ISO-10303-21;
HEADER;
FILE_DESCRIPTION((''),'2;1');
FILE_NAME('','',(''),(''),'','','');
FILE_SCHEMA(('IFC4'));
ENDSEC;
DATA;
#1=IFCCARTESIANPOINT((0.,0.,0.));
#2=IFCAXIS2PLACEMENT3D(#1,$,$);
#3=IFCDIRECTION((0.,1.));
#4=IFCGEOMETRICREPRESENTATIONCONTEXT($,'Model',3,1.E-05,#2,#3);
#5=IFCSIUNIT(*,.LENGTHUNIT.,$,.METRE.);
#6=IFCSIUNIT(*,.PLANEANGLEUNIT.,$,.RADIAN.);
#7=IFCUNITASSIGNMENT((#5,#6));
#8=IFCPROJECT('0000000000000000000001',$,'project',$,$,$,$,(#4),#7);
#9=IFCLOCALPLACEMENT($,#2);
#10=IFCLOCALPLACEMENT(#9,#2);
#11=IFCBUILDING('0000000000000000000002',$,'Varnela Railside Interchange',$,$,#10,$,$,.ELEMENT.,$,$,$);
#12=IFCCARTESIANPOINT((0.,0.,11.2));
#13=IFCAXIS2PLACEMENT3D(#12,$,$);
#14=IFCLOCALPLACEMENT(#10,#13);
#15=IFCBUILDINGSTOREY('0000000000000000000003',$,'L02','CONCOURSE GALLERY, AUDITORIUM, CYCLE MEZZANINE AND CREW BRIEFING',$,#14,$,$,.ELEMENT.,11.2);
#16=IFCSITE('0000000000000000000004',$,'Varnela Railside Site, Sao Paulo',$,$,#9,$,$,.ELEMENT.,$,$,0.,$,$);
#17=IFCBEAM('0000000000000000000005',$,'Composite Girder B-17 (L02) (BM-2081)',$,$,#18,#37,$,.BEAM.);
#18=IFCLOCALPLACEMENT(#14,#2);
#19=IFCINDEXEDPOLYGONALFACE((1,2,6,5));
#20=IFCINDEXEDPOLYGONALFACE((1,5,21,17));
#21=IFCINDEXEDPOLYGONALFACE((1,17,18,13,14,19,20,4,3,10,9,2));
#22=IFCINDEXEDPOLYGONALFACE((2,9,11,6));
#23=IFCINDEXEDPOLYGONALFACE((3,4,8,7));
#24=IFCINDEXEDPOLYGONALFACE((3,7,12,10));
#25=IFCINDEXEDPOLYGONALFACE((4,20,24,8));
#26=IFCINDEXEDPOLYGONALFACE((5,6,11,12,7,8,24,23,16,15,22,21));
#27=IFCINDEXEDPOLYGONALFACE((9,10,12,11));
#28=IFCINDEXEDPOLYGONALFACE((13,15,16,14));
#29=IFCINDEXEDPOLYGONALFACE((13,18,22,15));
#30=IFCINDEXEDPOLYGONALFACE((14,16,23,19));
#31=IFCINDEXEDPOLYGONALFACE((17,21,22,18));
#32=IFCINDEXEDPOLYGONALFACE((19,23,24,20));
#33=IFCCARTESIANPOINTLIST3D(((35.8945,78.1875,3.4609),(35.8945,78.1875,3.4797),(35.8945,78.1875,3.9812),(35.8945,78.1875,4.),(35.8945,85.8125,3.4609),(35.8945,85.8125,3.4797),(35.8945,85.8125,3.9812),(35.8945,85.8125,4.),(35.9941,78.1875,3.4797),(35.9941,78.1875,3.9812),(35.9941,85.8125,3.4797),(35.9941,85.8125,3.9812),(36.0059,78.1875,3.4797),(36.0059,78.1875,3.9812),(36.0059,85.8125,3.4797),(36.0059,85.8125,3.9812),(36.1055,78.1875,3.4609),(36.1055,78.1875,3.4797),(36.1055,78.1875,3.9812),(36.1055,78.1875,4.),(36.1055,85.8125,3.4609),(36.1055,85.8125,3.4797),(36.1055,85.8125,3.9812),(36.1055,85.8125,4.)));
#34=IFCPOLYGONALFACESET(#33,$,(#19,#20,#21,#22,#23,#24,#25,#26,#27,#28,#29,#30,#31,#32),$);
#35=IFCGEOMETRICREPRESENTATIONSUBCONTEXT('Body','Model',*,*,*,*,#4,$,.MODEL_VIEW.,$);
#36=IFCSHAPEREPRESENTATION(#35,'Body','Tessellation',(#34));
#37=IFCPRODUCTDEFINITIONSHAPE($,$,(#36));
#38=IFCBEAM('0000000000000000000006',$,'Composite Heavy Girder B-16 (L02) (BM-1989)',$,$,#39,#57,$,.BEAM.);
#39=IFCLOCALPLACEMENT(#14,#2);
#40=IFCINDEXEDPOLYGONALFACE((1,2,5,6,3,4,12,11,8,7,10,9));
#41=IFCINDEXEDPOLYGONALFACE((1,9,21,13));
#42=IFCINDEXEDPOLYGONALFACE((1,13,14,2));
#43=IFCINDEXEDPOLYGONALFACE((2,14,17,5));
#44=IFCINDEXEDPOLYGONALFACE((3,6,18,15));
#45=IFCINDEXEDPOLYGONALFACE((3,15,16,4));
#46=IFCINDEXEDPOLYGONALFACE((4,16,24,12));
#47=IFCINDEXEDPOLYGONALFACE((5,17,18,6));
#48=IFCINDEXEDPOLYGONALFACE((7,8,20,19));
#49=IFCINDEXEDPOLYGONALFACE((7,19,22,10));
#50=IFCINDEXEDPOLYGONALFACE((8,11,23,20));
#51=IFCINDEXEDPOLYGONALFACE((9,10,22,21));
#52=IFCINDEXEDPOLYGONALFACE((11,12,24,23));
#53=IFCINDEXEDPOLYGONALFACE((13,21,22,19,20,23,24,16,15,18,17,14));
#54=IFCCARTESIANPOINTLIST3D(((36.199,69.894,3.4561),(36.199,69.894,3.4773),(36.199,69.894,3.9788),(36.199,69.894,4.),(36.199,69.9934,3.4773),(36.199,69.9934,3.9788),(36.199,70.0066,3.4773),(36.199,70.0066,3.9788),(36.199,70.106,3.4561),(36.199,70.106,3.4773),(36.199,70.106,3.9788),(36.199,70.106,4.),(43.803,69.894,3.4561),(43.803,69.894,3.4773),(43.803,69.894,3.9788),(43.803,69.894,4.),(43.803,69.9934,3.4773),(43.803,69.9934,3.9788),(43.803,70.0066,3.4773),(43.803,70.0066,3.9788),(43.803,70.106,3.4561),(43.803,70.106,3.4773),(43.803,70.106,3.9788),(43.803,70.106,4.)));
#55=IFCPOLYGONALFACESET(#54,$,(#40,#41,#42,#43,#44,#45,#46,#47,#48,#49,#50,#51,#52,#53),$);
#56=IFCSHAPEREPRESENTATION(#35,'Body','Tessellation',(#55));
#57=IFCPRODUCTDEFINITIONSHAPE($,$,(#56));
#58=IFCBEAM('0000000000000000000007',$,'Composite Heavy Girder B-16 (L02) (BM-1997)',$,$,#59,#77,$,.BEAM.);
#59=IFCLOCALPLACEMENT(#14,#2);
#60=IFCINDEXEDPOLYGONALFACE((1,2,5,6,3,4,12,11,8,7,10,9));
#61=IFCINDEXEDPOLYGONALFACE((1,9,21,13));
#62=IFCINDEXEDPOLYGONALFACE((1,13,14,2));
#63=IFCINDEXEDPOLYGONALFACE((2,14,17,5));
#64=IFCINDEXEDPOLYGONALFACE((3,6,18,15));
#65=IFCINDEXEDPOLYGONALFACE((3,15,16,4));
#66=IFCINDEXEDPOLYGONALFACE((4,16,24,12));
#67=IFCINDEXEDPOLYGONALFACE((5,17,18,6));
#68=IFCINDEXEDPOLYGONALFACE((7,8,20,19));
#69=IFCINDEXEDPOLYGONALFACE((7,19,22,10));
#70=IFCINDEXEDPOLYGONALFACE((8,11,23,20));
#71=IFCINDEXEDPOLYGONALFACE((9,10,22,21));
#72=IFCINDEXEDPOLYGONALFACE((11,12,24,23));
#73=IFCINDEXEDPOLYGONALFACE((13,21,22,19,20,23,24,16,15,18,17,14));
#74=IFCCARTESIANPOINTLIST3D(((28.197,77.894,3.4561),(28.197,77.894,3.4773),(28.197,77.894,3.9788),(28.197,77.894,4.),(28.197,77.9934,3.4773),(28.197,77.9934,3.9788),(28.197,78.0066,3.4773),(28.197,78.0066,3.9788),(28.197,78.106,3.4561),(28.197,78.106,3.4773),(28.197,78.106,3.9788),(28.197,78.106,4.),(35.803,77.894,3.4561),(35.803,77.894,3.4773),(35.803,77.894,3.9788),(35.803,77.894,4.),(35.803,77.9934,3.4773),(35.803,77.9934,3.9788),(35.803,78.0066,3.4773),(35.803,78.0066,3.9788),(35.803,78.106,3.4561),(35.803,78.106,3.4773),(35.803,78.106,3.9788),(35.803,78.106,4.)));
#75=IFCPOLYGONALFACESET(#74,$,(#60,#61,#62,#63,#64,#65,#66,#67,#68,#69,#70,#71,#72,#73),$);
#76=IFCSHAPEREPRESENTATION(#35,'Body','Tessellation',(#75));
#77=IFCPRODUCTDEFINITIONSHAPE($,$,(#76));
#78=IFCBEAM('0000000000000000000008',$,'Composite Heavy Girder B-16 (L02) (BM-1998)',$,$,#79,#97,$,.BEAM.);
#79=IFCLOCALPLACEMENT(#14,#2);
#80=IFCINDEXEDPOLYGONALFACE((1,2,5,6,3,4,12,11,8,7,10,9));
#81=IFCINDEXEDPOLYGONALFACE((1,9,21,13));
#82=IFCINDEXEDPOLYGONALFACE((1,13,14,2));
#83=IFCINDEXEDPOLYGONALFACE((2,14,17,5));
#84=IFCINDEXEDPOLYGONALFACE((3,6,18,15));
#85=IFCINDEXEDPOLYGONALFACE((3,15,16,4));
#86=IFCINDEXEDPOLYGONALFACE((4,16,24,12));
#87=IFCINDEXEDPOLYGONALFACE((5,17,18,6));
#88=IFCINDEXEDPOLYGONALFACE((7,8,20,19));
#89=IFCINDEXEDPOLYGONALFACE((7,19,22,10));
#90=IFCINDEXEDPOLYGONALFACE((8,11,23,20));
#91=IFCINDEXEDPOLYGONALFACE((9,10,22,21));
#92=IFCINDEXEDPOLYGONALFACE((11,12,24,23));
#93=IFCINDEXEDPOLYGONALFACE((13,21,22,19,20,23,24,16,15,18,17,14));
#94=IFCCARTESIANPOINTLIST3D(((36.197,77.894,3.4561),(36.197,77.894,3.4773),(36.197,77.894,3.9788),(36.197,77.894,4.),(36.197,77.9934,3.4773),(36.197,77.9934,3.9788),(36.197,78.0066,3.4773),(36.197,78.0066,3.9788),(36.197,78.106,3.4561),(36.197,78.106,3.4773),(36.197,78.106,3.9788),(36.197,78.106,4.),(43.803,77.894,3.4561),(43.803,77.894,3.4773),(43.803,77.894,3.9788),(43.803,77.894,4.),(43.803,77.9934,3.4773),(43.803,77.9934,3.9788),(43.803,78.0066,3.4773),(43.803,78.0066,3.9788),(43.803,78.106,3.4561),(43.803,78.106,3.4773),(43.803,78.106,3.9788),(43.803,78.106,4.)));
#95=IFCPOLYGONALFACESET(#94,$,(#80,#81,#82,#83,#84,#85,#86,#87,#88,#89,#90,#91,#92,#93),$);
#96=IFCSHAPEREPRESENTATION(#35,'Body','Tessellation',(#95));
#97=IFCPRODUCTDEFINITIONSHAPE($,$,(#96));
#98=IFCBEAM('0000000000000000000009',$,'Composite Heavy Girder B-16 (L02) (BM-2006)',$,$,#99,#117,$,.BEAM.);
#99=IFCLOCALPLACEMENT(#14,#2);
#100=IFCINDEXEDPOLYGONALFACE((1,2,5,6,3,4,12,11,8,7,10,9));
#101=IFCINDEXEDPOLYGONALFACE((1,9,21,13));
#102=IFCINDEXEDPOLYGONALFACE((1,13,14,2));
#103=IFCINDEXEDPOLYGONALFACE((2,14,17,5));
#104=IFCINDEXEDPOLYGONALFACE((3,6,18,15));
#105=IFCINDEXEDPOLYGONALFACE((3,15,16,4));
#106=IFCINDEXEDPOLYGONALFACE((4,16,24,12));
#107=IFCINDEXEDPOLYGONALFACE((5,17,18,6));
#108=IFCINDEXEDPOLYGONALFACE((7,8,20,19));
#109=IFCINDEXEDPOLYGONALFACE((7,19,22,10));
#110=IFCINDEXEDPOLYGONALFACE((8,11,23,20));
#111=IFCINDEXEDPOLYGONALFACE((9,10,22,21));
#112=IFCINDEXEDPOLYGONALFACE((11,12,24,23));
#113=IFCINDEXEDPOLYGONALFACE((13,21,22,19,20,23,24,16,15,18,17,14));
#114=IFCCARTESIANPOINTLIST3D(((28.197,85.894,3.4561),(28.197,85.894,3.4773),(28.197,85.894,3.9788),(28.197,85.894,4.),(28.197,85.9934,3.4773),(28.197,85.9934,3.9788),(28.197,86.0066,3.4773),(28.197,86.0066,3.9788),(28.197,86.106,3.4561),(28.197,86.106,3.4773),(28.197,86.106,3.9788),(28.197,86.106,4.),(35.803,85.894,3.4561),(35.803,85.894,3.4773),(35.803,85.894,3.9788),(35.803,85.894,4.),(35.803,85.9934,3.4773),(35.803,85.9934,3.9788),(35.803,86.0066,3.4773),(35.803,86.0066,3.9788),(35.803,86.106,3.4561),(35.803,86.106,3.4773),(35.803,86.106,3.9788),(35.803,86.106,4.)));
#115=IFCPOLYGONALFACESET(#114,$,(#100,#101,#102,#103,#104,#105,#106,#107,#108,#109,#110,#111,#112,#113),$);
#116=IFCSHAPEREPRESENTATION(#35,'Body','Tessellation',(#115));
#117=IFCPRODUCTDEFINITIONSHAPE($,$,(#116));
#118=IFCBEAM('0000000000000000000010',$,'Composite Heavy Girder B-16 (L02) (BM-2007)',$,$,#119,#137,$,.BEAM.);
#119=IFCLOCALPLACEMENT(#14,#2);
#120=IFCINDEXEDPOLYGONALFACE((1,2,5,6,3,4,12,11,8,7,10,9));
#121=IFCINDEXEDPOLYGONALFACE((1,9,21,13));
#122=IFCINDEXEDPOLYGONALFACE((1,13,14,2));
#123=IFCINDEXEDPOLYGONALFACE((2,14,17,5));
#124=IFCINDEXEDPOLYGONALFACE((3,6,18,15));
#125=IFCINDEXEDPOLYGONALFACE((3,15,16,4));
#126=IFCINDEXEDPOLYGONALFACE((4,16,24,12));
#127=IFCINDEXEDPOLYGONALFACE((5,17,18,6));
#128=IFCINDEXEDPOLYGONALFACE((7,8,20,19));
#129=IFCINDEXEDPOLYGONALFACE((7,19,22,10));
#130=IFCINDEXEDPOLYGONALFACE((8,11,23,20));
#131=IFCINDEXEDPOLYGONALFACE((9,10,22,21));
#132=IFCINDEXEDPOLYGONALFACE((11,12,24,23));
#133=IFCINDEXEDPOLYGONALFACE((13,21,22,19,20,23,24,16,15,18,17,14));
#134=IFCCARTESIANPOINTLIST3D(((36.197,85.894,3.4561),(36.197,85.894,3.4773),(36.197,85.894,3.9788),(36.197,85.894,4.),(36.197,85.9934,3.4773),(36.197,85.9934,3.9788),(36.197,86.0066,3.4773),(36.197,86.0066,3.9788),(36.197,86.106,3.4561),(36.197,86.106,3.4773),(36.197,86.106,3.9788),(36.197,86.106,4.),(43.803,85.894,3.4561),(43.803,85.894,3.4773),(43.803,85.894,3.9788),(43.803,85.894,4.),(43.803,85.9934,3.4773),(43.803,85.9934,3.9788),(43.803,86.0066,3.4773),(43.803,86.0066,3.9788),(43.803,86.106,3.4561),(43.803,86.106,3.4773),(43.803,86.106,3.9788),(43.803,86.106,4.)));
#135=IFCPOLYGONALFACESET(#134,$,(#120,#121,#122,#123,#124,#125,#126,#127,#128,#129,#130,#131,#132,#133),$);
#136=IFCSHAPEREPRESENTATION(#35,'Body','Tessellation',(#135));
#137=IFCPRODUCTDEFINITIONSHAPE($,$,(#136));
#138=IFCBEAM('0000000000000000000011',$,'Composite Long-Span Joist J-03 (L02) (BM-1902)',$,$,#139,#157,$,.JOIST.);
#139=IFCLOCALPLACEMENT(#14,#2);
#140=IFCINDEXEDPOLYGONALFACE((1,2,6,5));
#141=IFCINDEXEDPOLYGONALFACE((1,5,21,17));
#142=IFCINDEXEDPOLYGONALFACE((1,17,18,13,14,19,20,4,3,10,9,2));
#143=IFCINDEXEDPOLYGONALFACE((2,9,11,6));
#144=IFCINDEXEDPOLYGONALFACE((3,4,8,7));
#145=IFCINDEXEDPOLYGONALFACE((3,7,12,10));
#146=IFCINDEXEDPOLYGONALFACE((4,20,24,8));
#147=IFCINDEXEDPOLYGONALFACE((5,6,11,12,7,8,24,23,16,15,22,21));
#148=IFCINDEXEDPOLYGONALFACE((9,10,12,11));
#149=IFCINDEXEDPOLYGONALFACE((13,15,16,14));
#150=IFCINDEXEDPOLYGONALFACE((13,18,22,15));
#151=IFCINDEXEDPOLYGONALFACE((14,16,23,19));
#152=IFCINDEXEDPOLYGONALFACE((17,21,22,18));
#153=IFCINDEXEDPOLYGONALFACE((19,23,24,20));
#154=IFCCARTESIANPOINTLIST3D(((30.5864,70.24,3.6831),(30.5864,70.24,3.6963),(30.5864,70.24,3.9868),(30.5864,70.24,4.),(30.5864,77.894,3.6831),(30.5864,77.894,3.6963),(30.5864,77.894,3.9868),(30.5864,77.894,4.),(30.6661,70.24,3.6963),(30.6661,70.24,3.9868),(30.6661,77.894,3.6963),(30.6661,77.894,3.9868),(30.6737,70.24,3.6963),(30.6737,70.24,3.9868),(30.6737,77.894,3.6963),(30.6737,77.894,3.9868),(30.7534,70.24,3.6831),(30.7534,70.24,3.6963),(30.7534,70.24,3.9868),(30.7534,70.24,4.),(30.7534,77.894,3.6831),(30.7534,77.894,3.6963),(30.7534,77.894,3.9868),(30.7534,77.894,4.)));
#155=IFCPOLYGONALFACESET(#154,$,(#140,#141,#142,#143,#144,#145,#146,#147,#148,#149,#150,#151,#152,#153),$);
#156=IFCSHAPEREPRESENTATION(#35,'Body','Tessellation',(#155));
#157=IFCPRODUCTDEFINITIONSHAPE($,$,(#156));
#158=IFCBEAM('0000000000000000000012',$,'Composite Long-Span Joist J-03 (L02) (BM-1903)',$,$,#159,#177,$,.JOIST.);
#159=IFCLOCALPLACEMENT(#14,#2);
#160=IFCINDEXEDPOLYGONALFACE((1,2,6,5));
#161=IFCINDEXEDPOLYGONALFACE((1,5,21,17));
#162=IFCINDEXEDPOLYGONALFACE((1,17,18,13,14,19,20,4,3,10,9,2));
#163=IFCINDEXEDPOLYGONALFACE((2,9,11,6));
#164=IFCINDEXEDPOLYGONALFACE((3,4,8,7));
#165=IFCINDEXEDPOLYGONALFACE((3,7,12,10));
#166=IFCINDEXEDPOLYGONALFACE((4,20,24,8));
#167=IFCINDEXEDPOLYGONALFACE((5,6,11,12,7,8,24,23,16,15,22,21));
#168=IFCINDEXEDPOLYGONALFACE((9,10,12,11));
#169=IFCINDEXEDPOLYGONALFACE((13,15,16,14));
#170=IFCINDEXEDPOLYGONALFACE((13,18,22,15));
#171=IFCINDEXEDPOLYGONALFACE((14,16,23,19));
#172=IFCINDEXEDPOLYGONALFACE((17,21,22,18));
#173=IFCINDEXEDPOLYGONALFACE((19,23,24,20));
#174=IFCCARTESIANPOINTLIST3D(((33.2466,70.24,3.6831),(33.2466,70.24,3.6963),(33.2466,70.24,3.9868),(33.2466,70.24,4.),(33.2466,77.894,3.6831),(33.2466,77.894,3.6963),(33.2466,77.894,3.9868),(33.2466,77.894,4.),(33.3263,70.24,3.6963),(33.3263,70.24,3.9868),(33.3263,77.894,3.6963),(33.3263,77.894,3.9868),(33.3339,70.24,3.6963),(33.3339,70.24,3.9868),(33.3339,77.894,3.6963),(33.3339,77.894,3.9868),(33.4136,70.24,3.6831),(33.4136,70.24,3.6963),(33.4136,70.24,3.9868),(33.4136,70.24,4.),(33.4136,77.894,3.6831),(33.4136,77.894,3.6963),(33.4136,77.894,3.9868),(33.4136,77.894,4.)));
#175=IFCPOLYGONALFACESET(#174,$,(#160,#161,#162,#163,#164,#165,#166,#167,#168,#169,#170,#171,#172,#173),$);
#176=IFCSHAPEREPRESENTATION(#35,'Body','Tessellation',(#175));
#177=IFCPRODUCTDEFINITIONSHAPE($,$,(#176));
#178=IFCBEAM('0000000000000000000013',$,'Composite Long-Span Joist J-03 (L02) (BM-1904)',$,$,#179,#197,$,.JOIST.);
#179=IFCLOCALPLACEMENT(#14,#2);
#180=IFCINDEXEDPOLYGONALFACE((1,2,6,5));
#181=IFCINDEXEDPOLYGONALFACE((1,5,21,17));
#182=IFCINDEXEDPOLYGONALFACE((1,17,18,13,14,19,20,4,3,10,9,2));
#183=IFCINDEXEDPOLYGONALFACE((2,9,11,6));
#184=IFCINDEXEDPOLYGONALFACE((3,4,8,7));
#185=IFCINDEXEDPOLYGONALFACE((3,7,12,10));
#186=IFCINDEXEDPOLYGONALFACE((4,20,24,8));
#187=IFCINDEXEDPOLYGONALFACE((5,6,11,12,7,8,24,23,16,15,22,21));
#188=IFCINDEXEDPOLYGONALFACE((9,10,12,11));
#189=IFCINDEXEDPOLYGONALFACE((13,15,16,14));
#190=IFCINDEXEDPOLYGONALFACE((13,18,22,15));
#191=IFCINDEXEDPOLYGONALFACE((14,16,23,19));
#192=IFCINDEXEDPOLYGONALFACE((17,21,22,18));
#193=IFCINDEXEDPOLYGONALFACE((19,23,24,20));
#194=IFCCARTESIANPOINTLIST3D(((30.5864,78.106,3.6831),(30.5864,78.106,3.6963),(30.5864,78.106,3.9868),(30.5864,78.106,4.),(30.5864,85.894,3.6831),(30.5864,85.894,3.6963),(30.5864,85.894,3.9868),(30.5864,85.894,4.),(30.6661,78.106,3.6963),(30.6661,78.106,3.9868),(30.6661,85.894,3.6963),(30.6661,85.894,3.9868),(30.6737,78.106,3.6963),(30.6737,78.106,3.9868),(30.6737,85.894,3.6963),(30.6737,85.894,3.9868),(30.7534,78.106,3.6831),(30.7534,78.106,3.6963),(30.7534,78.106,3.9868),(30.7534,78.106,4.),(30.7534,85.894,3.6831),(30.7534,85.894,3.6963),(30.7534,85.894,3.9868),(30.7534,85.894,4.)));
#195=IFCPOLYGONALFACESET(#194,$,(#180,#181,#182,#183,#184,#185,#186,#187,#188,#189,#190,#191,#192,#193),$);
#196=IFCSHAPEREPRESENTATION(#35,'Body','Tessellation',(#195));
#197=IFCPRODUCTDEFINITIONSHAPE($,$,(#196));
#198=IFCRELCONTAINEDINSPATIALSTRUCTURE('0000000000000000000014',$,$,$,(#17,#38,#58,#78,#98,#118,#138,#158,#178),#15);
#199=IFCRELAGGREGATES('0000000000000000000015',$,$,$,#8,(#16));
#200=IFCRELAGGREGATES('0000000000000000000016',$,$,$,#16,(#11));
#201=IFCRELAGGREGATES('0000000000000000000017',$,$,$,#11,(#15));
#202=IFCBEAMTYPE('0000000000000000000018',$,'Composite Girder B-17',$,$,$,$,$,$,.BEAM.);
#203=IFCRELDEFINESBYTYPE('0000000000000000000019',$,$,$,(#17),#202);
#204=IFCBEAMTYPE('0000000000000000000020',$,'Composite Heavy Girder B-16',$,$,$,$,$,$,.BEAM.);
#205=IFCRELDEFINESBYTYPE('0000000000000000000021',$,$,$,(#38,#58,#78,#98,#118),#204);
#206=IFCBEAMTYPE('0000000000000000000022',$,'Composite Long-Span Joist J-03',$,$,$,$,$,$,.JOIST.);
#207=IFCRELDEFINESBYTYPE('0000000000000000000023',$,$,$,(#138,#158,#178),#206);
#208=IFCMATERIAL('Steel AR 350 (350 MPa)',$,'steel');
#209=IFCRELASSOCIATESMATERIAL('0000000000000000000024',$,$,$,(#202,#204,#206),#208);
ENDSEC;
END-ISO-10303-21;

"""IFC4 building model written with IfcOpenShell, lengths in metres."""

from ifc_helpers import new_model, si_unit, direction, frame, origin, origin_2d, place, context, subcontext, project, spatial, i_section, extrude, material, material_profile, profile_set, type_object, element, save


model = new_model("IFC4")

# Units and contexts
model_context = context("Model", 3, precision=1e-05, world=origin(), true_north=direction((0.0, 1.0)))
body_context = subcontext(model_context, "Body", "Model", "MODEL_VIEW")
ifc_project = project(units=[si_unit("LENGTHUNIT", "METRE"), si_unit("PLANEANGLEUNIT", "RADIAN")], contexts=[model_context])

# Site, building, storey
site_placement = place(None, origin())
site = spatial("IfcSite", under=ifc_project, at=site_placement, Name="Varnela Railside Site, Sao Paulo", CompositionType="ELEMENT", RefElevation=0.0)
building_placement = place(site_placement, origin())
building = spatial("IfcBuilding", under=site, at=building_placement, Name="Varnela Railside Interchange", CompositionType="ELEMENT")
storey_placement = place(building_placement, frame((0.0, 0.0, 11.2)))
storey = spatial("IfcBuildingStorey", under=building, at=storey_placement, Name="L02", Description="CONCOURSE GALLERY, AUDITORIUM, CYCLE MEZZANINE AND CREW BRIEFING", CompositionType="ELEMENT", Elevation=11.2)

# Shared definitions
ifc_material_1 = material(Name="Steel AR 350 (350 MPa)", Category="steel")

# Beams
ifc_material_profile_1 = material_profile(ifc_material_1, i_section(OverallWidth=0.2109, OverallDepth=0.5391, WebThickness=0.0117, FlangeThickness=0.0188, at=origin_2d()), Name="W530x109")
ifc_profile_set_1 = profile_set([ifc_material_profile_1], Name="Steel AR 350 (350 MPa)")
beam_type_1 = type_object("IfcBeamType", Name="Composite Girder B-17", PredefinedType="BEAM", material=ifc_profile_set_1)
beam_1_placement = place(storey_placement, frame((36.0, 78.1875, 3.7305), z_axis=(0.0, 1.0, 0.0), x_axis=(-1.0, 0.0, 0.0)))
element("IfcBeam", 1, at=beam_1_placement, inside=storey, type_object=beam_type_1, Name="Composite Girder B-17 (L02) (BM-2081)", PredefinedType="BEAM", context=body_context, shape_type="SweptSolid", body=[
    extrude(i_section(OverallWidth=0.2109, OverallDepth=0.5391, WebThickness=0.0117, FlangeThickness=0.0188, at=origin_2d()), origin(), (0.0, 0.0, 1.0), 7.625),
])
ifc_material_profile_2 = material_profile(ifc_material_1, i_section(OverallWidth=0.2119, OverallDepth=0.5439, WebThickness=0.0132, FlangeThickness=0.0212, at=origin_2d()), Name="W530x123")
ifc_profile_set_2 = profile_set([ifc_material_profile_2], Name="Steel AR 350 (350 MPa)")
beam_type_2 = type_object("IfcBeamType", Name="Composite Heavy Girder B-16", PredefinedType="BEAM", material=ifc_profile_set_2)
beam_2_placement = place(storey_placement, frame((36.199, 70.0, 3.728), z_axis=(1.0, 0.0, 0.0), x_axis=(0.0, 1.0, 0.0)))
element("IfcBeam", 2, at=beam_2_placement, inside=storey, type_object=beam_type_2, Name="Composite Heavy Girder B-16 (L02) (BM-1989)", PredefinedType="BEAM", context=body_context, shape_type="SweptSolid", body=[
    extrude(i_section(OverallWidth=0.2119, OverallDepth=0.5439, WebThickness=0.0132, FlangeThickness=0.0212, at=origin_2d()), origin(), (0.0, 0.0, 1.0), 7.604),
])
for number, where, z_axis, x_axis, name in (
    (3, (28.197, 78.0, 3.728), (1.0, 0.0, 0.0), (0.0, 1.0, 0.0), "Composite Heavy Girder B-16 (L02) (BM-1997)"),
    (4, (36.197, 78.0, 3.728), (1.0, 0.0, 0.0), (0.0, 1.0, 0.0), "Composite Heavy Girder B-16 (L02) (BM-1998)"),
    (5, (28.197, 86.0, 3.728), (1.0, 0.0, 0.0), (0.0, 1.0, 0.0), "Composite Heavy Girder B-16 (L02) (BM-2006)"),
    (6, (36.197, 86.0, 3.728), (1.0, 0.0, 0.0), (0.0, 1.0, 0.0), "Composite Heavy Girder B-16 (L02) (BM-2007)"),
):
    element("IfcBeam", number, at=place(storey_placement, frame(where, z_axis=z_axis, x_axis=x_axis)), inside=storey, type_object=beam_type_2, Name=name, PredefinedType="BEAM", context=body_context, shape_type="SweptSolid", body=[
        extrude(i_section(OverallWidth=0.2119, OverallDepth=0.5439, WebThickness=0.0132, FlangeThickness=0.0212, at=origin_2d()), origin(), (0.0, 0.0, 1.0), 7.606),
    ])
ifc_material_profile_3 = material_profile(ifc_material_1, i_section(OverallWidth=0.167, OverallDepth=0.3169, WebThickness=0.0076, FlangeThickness=0.0132, at=origin_2d()), Name="W310x52")
ifc_profile_set_3 = profile_set([ifc_material_profile_3], Name="Steel AR 350 (350 MPa)")
beam_type_3 = type_object("IfcBeamType", Name="Composite Long-Span Joist J-03", PredefinedType="JOIST", material=ifc_profile_set_3)
for number, where, z_axis, x_axis, name in (
    (7, (30.6699, 70.24, 3.8416), (0.0, 1.0, 0.0), (-1.0, 0.0, 0.0), "Composite Long-Span Joist J-03 (L02) (BM-1902)"),
    (8, (33.3301, 70.24, 3.8416), (0.0, 1.0, 0.0), (-1.0, 0.0, 0.0), "Composite Long-Span Joist J-03 (L02) (BM-1903)"),
):
    element("IfcBeam", number, at=place(storey_placement, frame(where, z_axis=z_axis, x_axis=x_axis)), inside=storey, type_object=beam_type_3, Name=name, PredefinedType="JOIST", context=body_context, shape_type="SweptSolid", body=[
        extrude(i_section(OverallWidth=0.167, OverallDepth=0.3169, WebThickness=0.0076, FlangeThickness=0.0132, at=origin_2d()), origin(), (0.0, 0.0, 1.0), 7.6541),
    ])
for number, where, z_axis, x_axis, name in (
    (9, (30.6699, 78.106, 3.8416), (0.0, 1.0, 0.0), (-1.0, 0.0, 0.0), "Composite Long-Span Joist J-03 (L02) (BM-1904)"),
):
    element("IfcBeam", number, at=place(storey_placement, frame(where, z_axis=z_axis, x_axis=x_axis)), inside=storey, type_object=beam_type_3, Name=name, PredefinedType="JOIST", context=body_context, shape_type="SweptSolid", body=[
        extrude(i_section(OverallWidth=0.167, OverallDepth=0.3169, WebThickness=0.0076, FlangeThickness=0.0132, at=origin_2d()), origin(), (0.0, 0.0, 1.0), 7.7881),
    ])

save(model, "model.ifc")
